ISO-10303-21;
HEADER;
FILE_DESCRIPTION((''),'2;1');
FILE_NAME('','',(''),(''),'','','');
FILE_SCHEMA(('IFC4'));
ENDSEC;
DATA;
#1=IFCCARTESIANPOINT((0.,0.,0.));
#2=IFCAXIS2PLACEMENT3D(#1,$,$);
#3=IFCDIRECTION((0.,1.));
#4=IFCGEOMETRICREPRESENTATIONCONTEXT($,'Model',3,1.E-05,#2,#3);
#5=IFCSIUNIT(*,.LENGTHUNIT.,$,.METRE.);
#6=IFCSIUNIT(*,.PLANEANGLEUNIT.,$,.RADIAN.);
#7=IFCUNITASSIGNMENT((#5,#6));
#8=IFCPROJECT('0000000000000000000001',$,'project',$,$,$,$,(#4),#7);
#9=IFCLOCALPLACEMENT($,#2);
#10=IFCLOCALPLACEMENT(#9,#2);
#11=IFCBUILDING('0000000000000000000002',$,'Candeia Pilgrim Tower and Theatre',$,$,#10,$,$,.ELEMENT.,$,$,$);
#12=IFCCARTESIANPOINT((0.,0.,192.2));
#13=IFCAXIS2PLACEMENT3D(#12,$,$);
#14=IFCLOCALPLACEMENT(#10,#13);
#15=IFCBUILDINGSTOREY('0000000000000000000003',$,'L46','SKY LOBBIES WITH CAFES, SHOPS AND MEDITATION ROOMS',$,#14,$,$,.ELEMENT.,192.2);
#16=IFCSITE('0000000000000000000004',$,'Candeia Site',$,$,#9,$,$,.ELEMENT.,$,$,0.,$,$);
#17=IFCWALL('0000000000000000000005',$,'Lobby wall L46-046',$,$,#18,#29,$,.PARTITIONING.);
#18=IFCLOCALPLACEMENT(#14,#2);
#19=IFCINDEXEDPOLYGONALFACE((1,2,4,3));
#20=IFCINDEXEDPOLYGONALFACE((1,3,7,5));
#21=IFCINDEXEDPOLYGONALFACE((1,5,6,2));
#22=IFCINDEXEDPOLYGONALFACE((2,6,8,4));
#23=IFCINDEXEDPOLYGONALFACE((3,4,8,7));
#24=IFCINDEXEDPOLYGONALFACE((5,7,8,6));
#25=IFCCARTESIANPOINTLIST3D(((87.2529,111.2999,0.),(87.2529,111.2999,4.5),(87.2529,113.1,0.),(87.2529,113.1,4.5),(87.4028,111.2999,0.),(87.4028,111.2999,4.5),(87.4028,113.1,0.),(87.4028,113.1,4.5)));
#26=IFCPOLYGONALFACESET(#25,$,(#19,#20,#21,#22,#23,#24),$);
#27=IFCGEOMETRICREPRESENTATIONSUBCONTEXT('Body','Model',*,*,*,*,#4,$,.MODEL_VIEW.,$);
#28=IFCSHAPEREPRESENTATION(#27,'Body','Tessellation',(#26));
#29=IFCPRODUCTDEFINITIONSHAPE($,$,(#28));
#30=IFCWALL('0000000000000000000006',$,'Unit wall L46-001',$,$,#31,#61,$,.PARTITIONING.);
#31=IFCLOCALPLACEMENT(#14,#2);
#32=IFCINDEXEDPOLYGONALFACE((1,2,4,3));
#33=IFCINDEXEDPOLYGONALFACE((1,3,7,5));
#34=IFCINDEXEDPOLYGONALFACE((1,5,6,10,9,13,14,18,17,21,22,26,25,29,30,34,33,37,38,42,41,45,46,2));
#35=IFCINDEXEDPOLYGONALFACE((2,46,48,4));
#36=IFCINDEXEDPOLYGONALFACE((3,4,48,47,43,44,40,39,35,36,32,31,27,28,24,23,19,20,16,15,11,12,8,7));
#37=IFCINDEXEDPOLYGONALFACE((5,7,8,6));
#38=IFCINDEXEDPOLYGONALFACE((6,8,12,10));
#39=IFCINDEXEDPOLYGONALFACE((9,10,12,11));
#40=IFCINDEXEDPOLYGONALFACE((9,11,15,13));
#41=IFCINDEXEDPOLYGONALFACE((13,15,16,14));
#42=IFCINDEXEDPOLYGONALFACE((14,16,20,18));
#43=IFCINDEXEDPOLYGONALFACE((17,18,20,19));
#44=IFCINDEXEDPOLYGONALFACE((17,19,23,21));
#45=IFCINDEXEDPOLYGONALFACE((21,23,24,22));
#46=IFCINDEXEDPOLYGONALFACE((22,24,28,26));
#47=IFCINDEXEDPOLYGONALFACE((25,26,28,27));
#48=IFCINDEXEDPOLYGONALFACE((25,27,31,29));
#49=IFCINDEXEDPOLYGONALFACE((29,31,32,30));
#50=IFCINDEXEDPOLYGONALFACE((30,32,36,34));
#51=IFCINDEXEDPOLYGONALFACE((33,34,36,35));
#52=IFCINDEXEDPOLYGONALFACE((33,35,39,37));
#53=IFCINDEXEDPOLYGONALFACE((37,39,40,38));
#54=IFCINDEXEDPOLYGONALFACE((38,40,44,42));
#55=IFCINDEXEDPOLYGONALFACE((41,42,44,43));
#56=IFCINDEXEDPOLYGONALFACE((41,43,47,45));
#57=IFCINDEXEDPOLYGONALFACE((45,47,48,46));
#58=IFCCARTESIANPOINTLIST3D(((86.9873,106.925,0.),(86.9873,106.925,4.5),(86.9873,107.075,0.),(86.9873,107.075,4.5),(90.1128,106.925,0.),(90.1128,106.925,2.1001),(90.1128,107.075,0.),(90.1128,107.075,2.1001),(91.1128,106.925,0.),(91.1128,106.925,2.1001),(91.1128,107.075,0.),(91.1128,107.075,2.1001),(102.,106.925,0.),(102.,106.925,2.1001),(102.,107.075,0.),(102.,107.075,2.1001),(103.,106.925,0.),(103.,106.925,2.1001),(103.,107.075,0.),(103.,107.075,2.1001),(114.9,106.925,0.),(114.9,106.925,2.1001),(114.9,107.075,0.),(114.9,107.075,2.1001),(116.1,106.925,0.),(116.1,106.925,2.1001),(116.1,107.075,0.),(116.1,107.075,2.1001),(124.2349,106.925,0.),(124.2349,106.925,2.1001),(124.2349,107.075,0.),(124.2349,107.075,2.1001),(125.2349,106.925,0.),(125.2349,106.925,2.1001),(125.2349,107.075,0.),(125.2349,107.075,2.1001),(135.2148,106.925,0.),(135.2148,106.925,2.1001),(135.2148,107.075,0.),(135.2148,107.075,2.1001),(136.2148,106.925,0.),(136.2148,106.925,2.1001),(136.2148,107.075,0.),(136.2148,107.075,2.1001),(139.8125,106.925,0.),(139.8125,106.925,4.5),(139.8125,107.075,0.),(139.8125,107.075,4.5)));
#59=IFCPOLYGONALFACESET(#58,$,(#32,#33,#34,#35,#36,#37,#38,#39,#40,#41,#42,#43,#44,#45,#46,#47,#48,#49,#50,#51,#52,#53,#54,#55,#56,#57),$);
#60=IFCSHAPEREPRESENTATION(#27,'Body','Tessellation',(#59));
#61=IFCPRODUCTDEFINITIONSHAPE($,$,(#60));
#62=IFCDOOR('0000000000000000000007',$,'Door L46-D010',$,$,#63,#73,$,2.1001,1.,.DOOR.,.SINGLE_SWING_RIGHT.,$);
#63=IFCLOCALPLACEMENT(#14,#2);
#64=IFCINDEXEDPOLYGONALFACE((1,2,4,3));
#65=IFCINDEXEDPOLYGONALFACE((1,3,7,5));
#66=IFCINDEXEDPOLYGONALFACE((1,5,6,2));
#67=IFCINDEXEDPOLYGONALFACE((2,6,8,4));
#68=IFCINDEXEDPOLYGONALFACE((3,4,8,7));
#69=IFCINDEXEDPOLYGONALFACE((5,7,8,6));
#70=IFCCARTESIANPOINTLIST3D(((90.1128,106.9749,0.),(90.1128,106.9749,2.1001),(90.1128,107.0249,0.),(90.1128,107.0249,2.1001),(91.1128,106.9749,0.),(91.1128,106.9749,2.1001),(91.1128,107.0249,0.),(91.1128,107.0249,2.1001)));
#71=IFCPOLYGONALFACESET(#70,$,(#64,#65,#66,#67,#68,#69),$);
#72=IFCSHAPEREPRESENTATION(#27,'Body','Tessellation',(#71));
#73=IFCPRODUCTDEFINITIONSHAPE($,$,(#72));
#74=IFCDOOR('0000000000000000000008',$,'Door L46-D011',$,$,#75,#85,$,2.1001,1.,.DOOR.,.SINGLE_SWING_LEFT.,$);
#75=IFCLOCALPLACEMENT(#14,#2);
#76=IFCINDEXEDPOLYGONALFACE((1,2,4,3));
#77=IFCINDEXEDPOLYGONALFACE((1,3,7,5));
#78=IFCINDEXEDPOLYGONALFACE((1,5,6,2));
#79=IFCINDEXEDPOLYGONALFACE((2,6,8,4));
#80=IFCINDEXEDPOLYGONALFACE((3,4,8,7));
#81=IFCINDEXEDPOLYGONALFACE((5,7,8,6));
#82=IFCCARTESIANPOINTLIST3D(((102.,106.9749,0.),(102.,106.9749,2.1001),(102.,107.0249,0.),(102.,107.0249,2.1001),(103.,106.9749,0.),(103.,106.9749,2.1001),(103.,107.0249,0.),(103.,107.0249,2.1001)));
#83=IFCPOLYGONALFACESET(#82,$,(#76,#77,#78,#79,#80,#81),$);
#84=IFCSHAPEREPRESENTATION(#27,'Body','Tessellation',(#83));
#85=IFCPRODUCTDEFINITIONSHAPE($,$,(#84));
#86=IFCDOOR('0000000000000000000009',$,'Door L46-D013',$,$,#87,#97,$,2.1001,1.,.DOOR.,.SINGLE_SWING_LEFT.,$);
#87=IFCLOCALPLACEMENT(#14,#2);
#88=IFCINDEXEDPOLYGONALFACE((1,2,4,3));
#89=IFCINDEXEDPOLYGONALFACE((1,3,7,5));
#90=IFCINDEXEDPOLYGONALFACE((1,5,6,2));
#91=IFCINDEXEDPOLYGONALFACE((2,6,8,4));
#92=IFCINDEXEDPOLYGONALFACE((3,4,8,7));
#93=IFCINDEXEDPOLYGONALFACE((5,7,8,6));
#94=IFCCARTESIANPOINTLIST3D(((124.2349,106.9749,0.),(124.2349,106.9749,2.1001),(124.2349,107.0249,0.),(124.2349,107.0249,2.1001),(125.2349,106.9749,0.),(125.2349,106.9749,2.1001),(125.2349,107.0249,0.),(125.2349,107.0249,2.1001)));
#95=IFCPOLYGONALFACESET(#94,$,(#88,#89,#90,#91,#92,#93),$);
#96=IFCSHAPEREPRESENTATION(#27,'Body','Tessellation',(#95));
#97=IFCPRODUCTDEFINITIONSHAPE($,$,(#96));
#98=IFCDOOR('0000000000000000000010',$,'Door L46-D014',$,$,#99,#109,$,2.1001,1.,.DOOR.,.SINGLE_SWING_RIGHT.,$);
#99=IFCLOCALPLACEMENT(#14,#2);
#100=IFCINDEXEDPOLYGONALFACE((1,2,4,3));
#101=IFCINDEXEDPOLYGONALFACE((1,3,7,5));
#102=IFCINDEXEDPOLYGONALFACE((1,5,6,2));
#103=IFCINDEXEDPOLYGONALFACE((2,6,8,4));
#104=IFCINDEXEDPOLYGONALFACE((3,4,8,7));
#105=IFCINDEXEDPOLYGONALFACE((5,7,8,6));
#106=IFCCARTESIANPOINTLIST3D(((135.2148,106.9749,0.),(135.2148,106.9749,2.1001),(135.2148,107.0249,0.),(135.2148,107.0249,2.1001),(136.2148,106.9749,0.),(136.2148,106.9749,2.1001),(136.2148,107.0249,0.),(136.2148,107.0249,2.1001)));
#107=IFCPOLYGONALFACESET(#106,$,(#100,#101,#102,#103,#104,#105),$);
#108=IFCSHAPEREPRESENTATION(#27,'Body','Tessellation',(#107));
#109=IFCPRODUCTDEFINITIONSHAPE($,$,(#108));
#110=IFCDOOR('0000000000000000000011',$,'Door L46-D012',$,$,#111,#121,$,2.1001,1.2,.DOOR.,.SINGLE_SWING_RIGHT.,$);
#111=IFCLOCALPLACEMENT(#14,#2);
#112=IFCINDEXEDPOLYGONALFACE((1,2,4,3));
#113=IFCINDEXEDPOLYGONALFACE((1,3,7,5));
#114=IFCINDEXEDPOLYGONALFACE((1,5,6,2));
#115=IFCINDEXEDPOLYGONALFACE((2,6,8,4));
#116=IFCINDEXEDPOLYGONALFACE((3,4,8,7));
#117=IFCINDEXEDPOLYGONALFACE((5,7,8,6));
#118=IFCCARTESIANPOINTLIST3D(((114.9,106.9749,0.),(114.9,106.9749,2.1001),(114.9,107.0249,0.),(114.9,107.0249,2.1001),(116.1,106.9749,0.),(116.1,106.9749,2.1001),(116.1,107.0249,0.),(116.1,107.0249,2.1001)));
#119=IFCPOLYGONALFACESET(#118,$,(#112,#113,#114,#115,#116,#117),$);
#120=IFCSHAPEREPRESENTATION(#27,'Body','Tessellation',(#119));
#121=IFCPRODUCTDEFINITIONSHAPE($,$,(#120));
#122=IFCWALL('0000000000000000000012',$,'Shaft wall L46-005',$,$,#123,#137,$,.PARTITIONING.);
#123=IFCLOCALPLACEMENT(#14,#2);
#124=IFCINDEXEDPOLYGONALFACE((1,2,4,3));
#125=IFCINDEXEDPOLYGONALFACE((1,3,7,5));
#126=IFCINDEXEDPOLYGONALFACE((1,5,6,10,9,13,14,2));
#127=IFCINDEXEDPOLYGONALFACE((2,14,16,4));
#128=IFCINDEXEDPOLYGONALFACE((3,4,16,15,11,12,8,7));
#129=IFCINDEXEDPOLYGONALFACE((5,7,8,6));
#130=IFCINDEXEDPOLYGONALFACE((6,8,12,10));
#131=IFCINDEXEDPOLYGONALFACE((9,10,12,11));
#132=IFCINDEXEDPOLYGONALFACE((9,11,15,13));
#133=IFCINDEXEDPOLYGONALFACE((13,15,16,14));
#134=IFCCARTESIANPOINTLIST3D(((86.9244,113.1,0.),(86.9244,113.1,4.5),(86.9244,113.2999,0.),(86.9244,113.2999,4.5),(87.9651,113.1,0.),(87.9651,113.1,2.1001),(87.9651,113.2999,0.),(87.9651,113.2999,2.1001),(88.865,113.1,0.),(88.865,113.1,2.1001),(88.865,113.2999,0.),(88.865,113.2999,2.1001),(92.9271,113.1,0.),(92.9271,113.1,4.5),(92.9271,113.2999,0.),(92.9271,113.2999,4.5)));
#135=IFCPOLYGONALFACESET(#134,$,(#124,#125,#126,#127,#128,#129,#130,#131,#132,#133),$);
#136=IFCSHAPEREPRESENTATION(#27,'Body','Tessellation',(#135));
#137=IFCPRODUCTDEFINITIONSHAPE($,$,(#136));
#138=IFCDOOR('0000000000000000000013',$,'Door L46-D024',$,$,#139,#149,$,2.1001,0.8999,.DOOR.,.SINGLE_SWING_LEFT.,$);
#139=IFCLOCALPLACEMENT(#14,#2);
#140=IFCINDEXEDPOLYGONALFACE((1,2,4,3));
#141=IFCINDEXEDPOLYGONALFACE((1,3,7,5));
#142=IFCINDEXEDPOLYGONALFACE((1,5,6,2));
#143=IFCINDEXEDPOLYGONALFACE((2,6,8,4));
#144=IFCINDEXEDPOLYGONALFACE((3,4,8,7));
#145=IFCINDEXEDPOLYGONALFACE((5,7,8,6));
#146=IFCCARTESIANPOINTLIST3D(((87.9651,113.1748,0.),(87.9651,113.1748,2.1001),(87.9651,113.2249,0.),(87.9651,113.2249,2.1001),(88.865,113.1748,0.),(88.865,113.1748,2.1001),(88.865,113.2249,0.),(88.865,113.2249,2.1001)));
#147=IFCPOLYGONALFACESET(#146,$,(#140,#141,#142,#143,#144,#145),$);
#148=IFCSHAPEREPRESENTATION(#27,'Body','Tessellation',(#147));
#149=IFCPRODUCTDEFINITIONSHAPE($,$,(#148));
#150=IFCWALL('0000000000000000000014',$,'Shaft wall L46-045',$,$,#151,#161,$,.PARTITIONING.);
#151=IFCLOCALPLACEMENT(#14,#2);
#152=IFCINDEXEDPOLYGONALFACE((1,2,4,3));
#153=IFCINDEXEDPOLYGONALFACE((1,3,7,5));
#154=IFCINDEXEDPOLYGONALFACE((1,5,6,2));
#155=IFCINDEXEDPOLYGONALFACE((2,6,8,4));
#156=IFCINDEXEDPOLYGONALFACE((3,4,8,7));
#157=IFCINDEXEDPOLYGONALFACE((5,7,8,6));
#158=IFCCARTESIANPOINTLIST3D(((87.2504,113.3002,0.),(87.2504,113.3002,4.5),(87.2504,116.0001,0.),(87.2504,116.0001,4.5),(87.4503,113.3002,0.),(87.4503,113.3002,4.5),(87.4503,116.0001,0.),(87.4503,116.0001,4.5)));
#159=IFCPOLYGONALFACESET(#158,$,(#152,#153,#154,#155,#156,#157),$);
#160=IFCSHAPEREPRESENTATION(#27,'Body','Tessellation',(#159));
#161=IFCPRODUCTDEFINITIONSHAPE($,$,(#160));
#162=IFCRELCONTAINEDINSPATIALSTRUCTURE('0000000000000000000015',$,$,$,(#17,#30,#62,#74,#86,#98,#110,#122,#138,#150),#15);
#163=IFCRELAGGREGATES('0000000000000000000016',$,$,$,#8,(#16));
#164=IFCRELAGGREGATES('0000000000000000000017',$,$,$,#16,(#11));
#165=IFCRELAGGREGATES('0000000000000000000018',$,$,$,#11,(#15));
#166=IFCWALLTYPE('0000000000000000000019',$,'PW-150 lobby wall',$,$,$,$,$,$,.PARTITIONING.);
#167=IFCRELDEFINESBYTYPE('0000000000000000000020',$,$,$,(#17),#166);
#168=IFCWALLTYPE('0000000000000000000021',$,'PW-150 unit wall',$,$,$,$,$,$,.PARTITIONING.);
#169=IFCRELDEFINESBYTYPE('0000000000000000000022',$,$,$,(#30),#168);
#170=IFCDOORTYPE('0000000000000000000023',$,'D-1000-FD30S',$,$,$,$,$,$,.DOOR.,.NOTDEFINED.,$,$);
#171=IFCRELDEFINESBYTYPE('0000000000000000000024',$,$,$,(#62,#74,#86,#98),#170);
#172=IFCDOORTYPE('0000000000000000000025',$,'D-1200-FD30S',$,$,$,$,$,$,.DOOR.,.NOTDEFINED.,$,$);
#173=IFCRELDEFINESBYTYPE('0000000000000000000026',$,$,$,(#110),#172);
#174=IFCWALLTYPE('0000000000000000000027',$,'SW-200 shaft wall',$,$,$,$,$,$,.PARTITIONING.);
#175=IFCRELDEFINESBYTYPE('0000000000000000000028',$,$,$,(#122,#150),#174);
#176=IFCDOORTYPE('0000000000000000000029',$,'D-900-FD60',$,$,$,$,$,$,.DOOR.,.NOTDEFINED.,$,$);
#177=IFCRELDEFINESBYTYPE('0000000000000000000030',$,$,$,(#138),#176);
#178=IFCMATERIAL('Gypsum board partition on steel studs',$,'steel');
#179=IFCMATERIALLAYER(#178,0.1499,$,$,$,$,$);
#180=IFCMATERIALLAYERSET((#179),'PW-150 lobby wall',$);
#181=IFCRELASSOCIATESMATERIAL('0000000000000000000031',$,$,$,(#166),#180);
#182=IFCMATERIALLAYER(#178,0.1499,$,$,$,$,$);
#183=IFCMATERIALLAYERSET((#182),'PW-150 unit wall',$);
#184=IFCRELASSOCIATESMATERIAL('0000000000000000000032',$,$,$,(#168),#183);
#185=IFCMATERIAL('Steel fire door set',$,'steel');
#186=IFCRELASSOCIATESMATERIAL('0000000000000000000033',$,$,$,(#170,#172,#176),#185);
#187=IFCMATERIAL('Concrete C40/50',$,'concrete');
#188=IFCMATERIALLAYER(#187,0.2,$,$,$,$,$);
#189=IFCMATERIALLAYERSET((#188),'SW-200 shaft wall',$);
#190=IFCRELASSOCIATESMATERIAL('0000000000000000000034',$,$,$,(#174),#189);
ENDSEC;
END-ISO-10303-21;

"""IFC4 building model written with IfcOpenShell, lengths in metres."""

from ifc_helpers import new_model, si_unit, direction, frame, frame_2d, origin, place, context, subcontext, project, spatial, rectangle, extrude, material, layer, layer_set, type_object, element, fill, save


model = new_model("IFC4")

# Units and contexts
model_context = context("Model", 3, precision=1e-05, world=origin(), true_north=direction((0.0, 1.0)))
body_context = subcontext(model_context, "Body", "Model", "MODEL_VIEW")
ifc_project = project(units=[si_unit("LENGTHUNIT", "METRE"), si_unit("PLANEANGLEUNIT", "RADIAN")], contexts=[model_context])

# Site, building, storey
site_placement = place(None, origin())
site = spatial("IfcSite", under=ifc_project, at=site_placement, Name="Candeia Site", CompositionType="ELEMENT", RefElevation=0.0)
building_placement = place(site_placement, origin())
building = spatial("IfcBuilding", under=site, at=building_placement, Name="Candeia Pilgrim Tower and Theatre", CompositionType="ELEMENT")
storey_placement = place(building_placement, frame((0.0, 0.0, 192.2)))
storey = spatial("IfcBuildingStorey", under=building, at=storey_placement, Name="L46", Description="SKY LOBBIES WITH CAFES, SHOPS AND MEDITATION ROOMS", CompositionType="ELEMENT", Elevation=192.2)

# Wall
ifc_material_1 = material(Name="Gypsum board partition on steel studs", Category="steel")
ifc_layer_1 = layer(ifc_material_1, 0.1499)
ifc_layer_set_1 = layer_set([ifc_layer_1], Name="PW-150 lobby wall")
wall_type_1 = type_object("IfcWallType", Name="PW-150 lobby wall", PredefinedType="PARTITIONING", material=ifc_layer_set_1)
wall_1_placement = place(storey_placement, frame((87.3279, 111.3, 0.0), z_axis=(0.0, 0.0, 1.0), x_axis=(0.0, 1.0, 0.0)))
element("IfcWall", 1, at=wall_1_placement, inside=storey, type_object=wall_type_1, Name="Lobby wall L46-046", PredefinedType="PARTITIONING", context=body_context, shape_type="SweptSolid", body=[
    extrude(rectangle(XDim=1.8, YDim=0.1499, at=frame_2d((0.8999, 0.0))), origin(), (0.0, 0.0, 1.0), 4.5),
])

# Wall, openings, doors
ifc_layer_2 = layer(ifc_material_1, 0.1499)
ifc_layer_set_2 = layer_set([ifc_layer_2], Name="PW-150 unit wall")
wall_type_2 = type_object("IfcWallType", Name="PW-150 unit wall", PredefinedType="PARTITIONING", material=ifc_layer_set_2)
wall_2_placement = place(storey_placement, frame((86.9873, 107.0, 0.0), z_axis=(0.0, 0.0, 1.0), x_axis=(1.0, 0.0, 0.0)))
wall_2 = element("IfcWall", 2, at=wall_2_placement, inside=storey, type_object=wall_type_2, Name="Unit wall L46-001", PredefinedType="PARTITIONING", context=body_context, shape_type="SweptSolid", body=[
    extrude(rectangle(XDim=52.8252, YDim=0.1499, at=frame_2d((26.4126, 0.0))), origin(), (0.0, 0.0, 1.0), 4.5),
])
opening_1_placement = place(wall_2_placement, frame((3.1255, 0.0, 0.0)))
opening_1 = element("IfcOpeningElement", 3, at=opening_1_placement, cuts=wall_2, PredefinedType="OPENING", context=body_context, shape_type="SweptSolid", body=[
    extrude(rectangle(XDim=1.0, YDim=2.1001, at=frame_2d((0.5, 1.05))), frame((0.0, 0.085, 0.0), z_axis=(0.0, -1.0, 0.0), x_axis=(1.0, 0.0, 0.0)), (0.0, 0.0, 1.0), 0.1699),
])
opening_2_placement = place(wall_2_placement, frame((15.0127, 0.0, 0.0)))
opening_2 = element("IfcOpeningElement", 4, at=opening_2_placement, cuts=wall_2, PredefinedType="OPENING", context=body_context, shape_type="SweptSolid", body=[
    extrude(rectangle(XDim=1.0, YDim=2.1001, at=frame_2d((0.5, 1.05))), frame((0.0, 0.085, 0.0), z_axis=(0.0, -1.0, 0.0), x_axis=(1.0, 0.0, 0.0)), (0.0, 0.0, 1.0), 0.1699),
])
opening_3_placement = place(wall_2_placement, frame((27.9126, 0.0, 0.0)))
opening_3 = element("IfcOpeningElement", 5, at=opening_3_placement, cuts=wall_2, PredefinedType="OPENING", context=body_context, shape_type="SweptSolid", body=[
    extrude(rectangle(XDim=1.2, YDim=2.1001, at=frame_2d((0.6001, 1.05))), frame((0.0, 0.085, 0.0), z_axis=(0.0, -1.0, 0.0), x_axis=(1.0, 0.0, 0.0)), (0.0, 0.0, 1.0), 0.1699),
])
opening_4_placement = place(wall_2_placement, frame((37.2476, 0.0, 0.0)))
opening_4 = element("IfcOpeningElement", 6, at=opening_4_placement, cuts=wall_2, PredefinedType="OPENING", context=body_context, shape_type="SweptSolid", body=[
    extrude(rectangle(XDim=1.0, YDim=2.1001, at=frame_2d((0.5, 1.05))), frame((0.0, 0.085, 0.0), z_axis=(0.0, -1.0, 0.0), x_axis=(1.0, 0.0, 0.0)), (0.0, 0.0, 1.0), 0.1699),
])
opening_5_placement = place(wall_2_placement, frame((48.2275, 0.0, 0.0)))
opening_5 = element("IfcOpeningElement", 7, at=opening_5_placement, cuts=wall_2, PredefinedType="OPENING", context=body_context, shape_type="SweptSolid", body=[
    extrude(rectangle(XDim=1.0, YDim=2.1001, at=frame_2d((0.5, 1.05))), frame((0.0, 0.085, 0.0), z_axis=(0.0, -1.0, 0.0), x_axis=(1.0, 0.0, 0.0)), (0.0, 0.0, 1.0), 0.1699),
])
ifc_material_2 = material(Name="Steel fire door set", Category="steel")
door_type_1 = type_object("IfcDoorType", Name="D-1000-FD30S", OperationType="NOTDEFINED", PredefinedType="DOOR", material=ifc_material_2)
door_1_placement = place(opening_1_placement, origin())
door_1 = element("IfcDoor", 8, at=door_1_placement, inside=storey, type_object=door_type_1, Name="Door L46-D010", OperationType="SINGLE_SWING_RIGHT", OverallHeight=2.1001, OverallWidth=1.0, PredefinedType="DOOR", context=body_context, shape_type="SweptSolid", body=[
    extrude(rectangle(XDim=1.0, YDim=2.1001, at=frame_2d((0.5, 1.05))), frame((0.0, 0.0249, 0.0), z_axis=(0.0, -1.0, 0.0), x_axis=(1.0, 0.0, 0.0)), (0.0, 0.0, 1.0), 0.05),
])
fill(opening_1, door_1)
door_2_placement = place(opening_2_placement, origin())
door_2 = element("IfcDoor", 9, at=door_2_placement, inside=storey, type_object=door_type_1, Name="Door L46-D011", OperationType="SINGLE_SWING_LEFT", OverallHeight=2.1001, OverallWidth=1.0, PredefinedType="DOOR", context=body_context, shape_type="SweptSolid", body=[
    extrude(rectangle(XDim=1.0, YDim=2.1001, at=frame_2d((0.5, 1.05))), frame((0.0, 0.0249, 0.0), z_axis=(0.0, -1.0, 0.0), x_axis=(1.0, 0.0, 0.0)), (0.0, 0.0, 1.0), 0.05),
])
fill(opening_2, door_2)
door_3_placement = place(opening_4_placement, origin())
door_3 = element("IfcDoor", 10, at=door_3_placement, inside=storey, type_object=door_type_1, Name="Door L46-D013", OperationType="SINGLE_SWING_LEFT", OverallHeight=2.1001, OverallWidth=1.0, PredefinedType="DOOR", context=body_context, shape_type="SweptSolid", body=[
    extrude(rectangle(XDim=1.0, YDim=2.1001, at=frame_2d((0.5, 1.05))), frame((0.0, 0.0249, 0.0), z_axis=(0.0, -1.0, 0.0), x_axis=(1.0, 0.0, 0.0)), (0.0, 0.0, 1.0), 0.05),
])
fill(opening_4, door_3)
door_4_placement = place(opening_5_placement, origin())
door_4 = element("IfcDoor", 11, at=door_4_placement, inside=storey, type_object=door_type_1, Name="Door L46-D014", OperationType="SINGLE_SWING_RIGHT", OverallHeight=2.1001, OverallWidth=1.0, PredefinedType="DOOR", context=body_context, shape_type="SweptSolid", body=[
    extrude(rectangle(XDim=1.0, YDim=2.1001, at=frame_2d((0.5, 1.05))), frame((0.0, 0.0249, 0.0), z_axis=(0.0, -1.0, 0.0), x_axis=(1.0, 0.0, 0.0)), (0.0, 0.0, 1.0), 0.05),
])
fill(opening_5, door_4)
door_type_2 = type_object("IfcDoorType", Name="D-1200-FD30S", OperationType="NOTDEFINED", PredefinedType="DOOR", material=ifc_material_2)
door_5_placement = place(opening_3_placement, origin())
door_5 = element("IfcDoor", 12, at=door_5_placement, inside=storey, type_object=door_type_2, Name="Door L46-D012", OperationType="SINGLE_SWING_RIGHT", OverallHeight=2.1001, OverallWidth=1.2, PredefinedType="DOOR", context=body_context, shape_type="SweptSolid", body=[
    extrude(rectangle(XDim=1.2, YDim=2.1001, at=frame_2d((0.6001, 1.05))), frame((0.0, 0.0249, 0.0), z_axis=(0.0, -1.0, 0.0), x_axis=(1.0, 0.0, 0.0)), (0.0, 0.0, 1.0), 0.05),
])
fill(opening_3, door_5)

# Wall, opening, door
ifc_material_3 = material(Name="Concrete C40/50", Category="concrete")
ifc_layer_3 = layer(ifc_material_3, 0.2)
ifc_layer_set_3 = layer_set([ifc_layer_3], Name="SW-200 shaft wall")
wall_type_3 = type_object("IfcWallType", Name="SW-200 shaft wall", PredefinedType="PARTITIONING", material=ifc_layer_set_3)
wall_3_placement = place(storey_placement, frame((86.9243, 113.2, 0.0), z_axis=(0.0, 0.0, 1.0), x_axis=(1.0, 0.0, 0.0)))
wall_3 = element("IfcWall", 13, at=wall_3_placement, inside=storey, type_object=wall_type_3, Name="Shaft wall L46-005", PredefinedType="PARTITIONING", context=body_context, shape_type="SweptSolid", body=[
    extrude(rectangle(XDim=6.0027, YDim=0.2, at=frame_2d((3.0015, 0.0))), origin(), (0.0, 0.0, 1.0), 4.5),
])
opening_6_placement = place(wall_3_placement, frame((1.0408, 0.0, 0.0)))
opening_6 = element("IfcOpeningElement", 14, at=opening_6_placement, cuts=wall_3, PredefinedType="OPENING", context=body_context, shape_type="SweptSolid", body=[
    extrude(rectangle(XDim=0.8999, YDim=2.1001, at=frame_2d((0.45, 1.05))), frame((0.0, 0.1099, 0.0), z_axis=(0.0, -1.0, 0.0), x_axis=(1.0, 0.0, 0.0)), (0.0, 0.0, 1.0), 0.22),
])
door_type_3 = type_object("IfcDoorType", Name="D-900-FD60", OperationType="NOTDEFINED", PredefinedType="DOOR", material=ifc_material_2)
door_6_placement = place(opening_6_placement, origin())
door_6 = element("IfcDoor", 15, at=door_6_placement, inside=storey, type_object=door_type_3, Name="Door L46-D024", OperationType="SINGLE_SWING_LEFT", OverallHeight=2.1001, OverallWidth=0.8999, PredefinedType="DOOR", context=body_context, shape_type="SweptSolid", body=[
    extrude(rectangle(XDim=0.8999, YDim=2.1001, at=frame_2d((0.45, 1.05))), frame((0.0, 0.0249, 0.0), z_axis=(0.0, -1.0, 0.0), x_axis=(1.0, 0.0, 0.0)), (0.0, 0.0, 1.0), 0.05),
])
fill(opening_6, door_6)

# Wall
wall_4_placement = place(storey_placement, frame((87.3503, 113.3, 0.0), z_axis=(0.0, 0.0, 1.0), x_axis=(0.0, 1.0, 0.0)))
element("IfcWall", 16, at=wall_4_placement, inside=storey, type_object=wall_type_3, Name="Shaft wall L46-045", PredefinedType="PARTITIONING", context=body_context, shape_type="SweptSolid", body=[
    extrude(rectangle(XDim=2.7, YDim=0.2, at=frame_2d((1.3501, 0.0))), origin(), (0.0, 0.0, 1.0), 4.5),
])

save(model, "model.ifc")
